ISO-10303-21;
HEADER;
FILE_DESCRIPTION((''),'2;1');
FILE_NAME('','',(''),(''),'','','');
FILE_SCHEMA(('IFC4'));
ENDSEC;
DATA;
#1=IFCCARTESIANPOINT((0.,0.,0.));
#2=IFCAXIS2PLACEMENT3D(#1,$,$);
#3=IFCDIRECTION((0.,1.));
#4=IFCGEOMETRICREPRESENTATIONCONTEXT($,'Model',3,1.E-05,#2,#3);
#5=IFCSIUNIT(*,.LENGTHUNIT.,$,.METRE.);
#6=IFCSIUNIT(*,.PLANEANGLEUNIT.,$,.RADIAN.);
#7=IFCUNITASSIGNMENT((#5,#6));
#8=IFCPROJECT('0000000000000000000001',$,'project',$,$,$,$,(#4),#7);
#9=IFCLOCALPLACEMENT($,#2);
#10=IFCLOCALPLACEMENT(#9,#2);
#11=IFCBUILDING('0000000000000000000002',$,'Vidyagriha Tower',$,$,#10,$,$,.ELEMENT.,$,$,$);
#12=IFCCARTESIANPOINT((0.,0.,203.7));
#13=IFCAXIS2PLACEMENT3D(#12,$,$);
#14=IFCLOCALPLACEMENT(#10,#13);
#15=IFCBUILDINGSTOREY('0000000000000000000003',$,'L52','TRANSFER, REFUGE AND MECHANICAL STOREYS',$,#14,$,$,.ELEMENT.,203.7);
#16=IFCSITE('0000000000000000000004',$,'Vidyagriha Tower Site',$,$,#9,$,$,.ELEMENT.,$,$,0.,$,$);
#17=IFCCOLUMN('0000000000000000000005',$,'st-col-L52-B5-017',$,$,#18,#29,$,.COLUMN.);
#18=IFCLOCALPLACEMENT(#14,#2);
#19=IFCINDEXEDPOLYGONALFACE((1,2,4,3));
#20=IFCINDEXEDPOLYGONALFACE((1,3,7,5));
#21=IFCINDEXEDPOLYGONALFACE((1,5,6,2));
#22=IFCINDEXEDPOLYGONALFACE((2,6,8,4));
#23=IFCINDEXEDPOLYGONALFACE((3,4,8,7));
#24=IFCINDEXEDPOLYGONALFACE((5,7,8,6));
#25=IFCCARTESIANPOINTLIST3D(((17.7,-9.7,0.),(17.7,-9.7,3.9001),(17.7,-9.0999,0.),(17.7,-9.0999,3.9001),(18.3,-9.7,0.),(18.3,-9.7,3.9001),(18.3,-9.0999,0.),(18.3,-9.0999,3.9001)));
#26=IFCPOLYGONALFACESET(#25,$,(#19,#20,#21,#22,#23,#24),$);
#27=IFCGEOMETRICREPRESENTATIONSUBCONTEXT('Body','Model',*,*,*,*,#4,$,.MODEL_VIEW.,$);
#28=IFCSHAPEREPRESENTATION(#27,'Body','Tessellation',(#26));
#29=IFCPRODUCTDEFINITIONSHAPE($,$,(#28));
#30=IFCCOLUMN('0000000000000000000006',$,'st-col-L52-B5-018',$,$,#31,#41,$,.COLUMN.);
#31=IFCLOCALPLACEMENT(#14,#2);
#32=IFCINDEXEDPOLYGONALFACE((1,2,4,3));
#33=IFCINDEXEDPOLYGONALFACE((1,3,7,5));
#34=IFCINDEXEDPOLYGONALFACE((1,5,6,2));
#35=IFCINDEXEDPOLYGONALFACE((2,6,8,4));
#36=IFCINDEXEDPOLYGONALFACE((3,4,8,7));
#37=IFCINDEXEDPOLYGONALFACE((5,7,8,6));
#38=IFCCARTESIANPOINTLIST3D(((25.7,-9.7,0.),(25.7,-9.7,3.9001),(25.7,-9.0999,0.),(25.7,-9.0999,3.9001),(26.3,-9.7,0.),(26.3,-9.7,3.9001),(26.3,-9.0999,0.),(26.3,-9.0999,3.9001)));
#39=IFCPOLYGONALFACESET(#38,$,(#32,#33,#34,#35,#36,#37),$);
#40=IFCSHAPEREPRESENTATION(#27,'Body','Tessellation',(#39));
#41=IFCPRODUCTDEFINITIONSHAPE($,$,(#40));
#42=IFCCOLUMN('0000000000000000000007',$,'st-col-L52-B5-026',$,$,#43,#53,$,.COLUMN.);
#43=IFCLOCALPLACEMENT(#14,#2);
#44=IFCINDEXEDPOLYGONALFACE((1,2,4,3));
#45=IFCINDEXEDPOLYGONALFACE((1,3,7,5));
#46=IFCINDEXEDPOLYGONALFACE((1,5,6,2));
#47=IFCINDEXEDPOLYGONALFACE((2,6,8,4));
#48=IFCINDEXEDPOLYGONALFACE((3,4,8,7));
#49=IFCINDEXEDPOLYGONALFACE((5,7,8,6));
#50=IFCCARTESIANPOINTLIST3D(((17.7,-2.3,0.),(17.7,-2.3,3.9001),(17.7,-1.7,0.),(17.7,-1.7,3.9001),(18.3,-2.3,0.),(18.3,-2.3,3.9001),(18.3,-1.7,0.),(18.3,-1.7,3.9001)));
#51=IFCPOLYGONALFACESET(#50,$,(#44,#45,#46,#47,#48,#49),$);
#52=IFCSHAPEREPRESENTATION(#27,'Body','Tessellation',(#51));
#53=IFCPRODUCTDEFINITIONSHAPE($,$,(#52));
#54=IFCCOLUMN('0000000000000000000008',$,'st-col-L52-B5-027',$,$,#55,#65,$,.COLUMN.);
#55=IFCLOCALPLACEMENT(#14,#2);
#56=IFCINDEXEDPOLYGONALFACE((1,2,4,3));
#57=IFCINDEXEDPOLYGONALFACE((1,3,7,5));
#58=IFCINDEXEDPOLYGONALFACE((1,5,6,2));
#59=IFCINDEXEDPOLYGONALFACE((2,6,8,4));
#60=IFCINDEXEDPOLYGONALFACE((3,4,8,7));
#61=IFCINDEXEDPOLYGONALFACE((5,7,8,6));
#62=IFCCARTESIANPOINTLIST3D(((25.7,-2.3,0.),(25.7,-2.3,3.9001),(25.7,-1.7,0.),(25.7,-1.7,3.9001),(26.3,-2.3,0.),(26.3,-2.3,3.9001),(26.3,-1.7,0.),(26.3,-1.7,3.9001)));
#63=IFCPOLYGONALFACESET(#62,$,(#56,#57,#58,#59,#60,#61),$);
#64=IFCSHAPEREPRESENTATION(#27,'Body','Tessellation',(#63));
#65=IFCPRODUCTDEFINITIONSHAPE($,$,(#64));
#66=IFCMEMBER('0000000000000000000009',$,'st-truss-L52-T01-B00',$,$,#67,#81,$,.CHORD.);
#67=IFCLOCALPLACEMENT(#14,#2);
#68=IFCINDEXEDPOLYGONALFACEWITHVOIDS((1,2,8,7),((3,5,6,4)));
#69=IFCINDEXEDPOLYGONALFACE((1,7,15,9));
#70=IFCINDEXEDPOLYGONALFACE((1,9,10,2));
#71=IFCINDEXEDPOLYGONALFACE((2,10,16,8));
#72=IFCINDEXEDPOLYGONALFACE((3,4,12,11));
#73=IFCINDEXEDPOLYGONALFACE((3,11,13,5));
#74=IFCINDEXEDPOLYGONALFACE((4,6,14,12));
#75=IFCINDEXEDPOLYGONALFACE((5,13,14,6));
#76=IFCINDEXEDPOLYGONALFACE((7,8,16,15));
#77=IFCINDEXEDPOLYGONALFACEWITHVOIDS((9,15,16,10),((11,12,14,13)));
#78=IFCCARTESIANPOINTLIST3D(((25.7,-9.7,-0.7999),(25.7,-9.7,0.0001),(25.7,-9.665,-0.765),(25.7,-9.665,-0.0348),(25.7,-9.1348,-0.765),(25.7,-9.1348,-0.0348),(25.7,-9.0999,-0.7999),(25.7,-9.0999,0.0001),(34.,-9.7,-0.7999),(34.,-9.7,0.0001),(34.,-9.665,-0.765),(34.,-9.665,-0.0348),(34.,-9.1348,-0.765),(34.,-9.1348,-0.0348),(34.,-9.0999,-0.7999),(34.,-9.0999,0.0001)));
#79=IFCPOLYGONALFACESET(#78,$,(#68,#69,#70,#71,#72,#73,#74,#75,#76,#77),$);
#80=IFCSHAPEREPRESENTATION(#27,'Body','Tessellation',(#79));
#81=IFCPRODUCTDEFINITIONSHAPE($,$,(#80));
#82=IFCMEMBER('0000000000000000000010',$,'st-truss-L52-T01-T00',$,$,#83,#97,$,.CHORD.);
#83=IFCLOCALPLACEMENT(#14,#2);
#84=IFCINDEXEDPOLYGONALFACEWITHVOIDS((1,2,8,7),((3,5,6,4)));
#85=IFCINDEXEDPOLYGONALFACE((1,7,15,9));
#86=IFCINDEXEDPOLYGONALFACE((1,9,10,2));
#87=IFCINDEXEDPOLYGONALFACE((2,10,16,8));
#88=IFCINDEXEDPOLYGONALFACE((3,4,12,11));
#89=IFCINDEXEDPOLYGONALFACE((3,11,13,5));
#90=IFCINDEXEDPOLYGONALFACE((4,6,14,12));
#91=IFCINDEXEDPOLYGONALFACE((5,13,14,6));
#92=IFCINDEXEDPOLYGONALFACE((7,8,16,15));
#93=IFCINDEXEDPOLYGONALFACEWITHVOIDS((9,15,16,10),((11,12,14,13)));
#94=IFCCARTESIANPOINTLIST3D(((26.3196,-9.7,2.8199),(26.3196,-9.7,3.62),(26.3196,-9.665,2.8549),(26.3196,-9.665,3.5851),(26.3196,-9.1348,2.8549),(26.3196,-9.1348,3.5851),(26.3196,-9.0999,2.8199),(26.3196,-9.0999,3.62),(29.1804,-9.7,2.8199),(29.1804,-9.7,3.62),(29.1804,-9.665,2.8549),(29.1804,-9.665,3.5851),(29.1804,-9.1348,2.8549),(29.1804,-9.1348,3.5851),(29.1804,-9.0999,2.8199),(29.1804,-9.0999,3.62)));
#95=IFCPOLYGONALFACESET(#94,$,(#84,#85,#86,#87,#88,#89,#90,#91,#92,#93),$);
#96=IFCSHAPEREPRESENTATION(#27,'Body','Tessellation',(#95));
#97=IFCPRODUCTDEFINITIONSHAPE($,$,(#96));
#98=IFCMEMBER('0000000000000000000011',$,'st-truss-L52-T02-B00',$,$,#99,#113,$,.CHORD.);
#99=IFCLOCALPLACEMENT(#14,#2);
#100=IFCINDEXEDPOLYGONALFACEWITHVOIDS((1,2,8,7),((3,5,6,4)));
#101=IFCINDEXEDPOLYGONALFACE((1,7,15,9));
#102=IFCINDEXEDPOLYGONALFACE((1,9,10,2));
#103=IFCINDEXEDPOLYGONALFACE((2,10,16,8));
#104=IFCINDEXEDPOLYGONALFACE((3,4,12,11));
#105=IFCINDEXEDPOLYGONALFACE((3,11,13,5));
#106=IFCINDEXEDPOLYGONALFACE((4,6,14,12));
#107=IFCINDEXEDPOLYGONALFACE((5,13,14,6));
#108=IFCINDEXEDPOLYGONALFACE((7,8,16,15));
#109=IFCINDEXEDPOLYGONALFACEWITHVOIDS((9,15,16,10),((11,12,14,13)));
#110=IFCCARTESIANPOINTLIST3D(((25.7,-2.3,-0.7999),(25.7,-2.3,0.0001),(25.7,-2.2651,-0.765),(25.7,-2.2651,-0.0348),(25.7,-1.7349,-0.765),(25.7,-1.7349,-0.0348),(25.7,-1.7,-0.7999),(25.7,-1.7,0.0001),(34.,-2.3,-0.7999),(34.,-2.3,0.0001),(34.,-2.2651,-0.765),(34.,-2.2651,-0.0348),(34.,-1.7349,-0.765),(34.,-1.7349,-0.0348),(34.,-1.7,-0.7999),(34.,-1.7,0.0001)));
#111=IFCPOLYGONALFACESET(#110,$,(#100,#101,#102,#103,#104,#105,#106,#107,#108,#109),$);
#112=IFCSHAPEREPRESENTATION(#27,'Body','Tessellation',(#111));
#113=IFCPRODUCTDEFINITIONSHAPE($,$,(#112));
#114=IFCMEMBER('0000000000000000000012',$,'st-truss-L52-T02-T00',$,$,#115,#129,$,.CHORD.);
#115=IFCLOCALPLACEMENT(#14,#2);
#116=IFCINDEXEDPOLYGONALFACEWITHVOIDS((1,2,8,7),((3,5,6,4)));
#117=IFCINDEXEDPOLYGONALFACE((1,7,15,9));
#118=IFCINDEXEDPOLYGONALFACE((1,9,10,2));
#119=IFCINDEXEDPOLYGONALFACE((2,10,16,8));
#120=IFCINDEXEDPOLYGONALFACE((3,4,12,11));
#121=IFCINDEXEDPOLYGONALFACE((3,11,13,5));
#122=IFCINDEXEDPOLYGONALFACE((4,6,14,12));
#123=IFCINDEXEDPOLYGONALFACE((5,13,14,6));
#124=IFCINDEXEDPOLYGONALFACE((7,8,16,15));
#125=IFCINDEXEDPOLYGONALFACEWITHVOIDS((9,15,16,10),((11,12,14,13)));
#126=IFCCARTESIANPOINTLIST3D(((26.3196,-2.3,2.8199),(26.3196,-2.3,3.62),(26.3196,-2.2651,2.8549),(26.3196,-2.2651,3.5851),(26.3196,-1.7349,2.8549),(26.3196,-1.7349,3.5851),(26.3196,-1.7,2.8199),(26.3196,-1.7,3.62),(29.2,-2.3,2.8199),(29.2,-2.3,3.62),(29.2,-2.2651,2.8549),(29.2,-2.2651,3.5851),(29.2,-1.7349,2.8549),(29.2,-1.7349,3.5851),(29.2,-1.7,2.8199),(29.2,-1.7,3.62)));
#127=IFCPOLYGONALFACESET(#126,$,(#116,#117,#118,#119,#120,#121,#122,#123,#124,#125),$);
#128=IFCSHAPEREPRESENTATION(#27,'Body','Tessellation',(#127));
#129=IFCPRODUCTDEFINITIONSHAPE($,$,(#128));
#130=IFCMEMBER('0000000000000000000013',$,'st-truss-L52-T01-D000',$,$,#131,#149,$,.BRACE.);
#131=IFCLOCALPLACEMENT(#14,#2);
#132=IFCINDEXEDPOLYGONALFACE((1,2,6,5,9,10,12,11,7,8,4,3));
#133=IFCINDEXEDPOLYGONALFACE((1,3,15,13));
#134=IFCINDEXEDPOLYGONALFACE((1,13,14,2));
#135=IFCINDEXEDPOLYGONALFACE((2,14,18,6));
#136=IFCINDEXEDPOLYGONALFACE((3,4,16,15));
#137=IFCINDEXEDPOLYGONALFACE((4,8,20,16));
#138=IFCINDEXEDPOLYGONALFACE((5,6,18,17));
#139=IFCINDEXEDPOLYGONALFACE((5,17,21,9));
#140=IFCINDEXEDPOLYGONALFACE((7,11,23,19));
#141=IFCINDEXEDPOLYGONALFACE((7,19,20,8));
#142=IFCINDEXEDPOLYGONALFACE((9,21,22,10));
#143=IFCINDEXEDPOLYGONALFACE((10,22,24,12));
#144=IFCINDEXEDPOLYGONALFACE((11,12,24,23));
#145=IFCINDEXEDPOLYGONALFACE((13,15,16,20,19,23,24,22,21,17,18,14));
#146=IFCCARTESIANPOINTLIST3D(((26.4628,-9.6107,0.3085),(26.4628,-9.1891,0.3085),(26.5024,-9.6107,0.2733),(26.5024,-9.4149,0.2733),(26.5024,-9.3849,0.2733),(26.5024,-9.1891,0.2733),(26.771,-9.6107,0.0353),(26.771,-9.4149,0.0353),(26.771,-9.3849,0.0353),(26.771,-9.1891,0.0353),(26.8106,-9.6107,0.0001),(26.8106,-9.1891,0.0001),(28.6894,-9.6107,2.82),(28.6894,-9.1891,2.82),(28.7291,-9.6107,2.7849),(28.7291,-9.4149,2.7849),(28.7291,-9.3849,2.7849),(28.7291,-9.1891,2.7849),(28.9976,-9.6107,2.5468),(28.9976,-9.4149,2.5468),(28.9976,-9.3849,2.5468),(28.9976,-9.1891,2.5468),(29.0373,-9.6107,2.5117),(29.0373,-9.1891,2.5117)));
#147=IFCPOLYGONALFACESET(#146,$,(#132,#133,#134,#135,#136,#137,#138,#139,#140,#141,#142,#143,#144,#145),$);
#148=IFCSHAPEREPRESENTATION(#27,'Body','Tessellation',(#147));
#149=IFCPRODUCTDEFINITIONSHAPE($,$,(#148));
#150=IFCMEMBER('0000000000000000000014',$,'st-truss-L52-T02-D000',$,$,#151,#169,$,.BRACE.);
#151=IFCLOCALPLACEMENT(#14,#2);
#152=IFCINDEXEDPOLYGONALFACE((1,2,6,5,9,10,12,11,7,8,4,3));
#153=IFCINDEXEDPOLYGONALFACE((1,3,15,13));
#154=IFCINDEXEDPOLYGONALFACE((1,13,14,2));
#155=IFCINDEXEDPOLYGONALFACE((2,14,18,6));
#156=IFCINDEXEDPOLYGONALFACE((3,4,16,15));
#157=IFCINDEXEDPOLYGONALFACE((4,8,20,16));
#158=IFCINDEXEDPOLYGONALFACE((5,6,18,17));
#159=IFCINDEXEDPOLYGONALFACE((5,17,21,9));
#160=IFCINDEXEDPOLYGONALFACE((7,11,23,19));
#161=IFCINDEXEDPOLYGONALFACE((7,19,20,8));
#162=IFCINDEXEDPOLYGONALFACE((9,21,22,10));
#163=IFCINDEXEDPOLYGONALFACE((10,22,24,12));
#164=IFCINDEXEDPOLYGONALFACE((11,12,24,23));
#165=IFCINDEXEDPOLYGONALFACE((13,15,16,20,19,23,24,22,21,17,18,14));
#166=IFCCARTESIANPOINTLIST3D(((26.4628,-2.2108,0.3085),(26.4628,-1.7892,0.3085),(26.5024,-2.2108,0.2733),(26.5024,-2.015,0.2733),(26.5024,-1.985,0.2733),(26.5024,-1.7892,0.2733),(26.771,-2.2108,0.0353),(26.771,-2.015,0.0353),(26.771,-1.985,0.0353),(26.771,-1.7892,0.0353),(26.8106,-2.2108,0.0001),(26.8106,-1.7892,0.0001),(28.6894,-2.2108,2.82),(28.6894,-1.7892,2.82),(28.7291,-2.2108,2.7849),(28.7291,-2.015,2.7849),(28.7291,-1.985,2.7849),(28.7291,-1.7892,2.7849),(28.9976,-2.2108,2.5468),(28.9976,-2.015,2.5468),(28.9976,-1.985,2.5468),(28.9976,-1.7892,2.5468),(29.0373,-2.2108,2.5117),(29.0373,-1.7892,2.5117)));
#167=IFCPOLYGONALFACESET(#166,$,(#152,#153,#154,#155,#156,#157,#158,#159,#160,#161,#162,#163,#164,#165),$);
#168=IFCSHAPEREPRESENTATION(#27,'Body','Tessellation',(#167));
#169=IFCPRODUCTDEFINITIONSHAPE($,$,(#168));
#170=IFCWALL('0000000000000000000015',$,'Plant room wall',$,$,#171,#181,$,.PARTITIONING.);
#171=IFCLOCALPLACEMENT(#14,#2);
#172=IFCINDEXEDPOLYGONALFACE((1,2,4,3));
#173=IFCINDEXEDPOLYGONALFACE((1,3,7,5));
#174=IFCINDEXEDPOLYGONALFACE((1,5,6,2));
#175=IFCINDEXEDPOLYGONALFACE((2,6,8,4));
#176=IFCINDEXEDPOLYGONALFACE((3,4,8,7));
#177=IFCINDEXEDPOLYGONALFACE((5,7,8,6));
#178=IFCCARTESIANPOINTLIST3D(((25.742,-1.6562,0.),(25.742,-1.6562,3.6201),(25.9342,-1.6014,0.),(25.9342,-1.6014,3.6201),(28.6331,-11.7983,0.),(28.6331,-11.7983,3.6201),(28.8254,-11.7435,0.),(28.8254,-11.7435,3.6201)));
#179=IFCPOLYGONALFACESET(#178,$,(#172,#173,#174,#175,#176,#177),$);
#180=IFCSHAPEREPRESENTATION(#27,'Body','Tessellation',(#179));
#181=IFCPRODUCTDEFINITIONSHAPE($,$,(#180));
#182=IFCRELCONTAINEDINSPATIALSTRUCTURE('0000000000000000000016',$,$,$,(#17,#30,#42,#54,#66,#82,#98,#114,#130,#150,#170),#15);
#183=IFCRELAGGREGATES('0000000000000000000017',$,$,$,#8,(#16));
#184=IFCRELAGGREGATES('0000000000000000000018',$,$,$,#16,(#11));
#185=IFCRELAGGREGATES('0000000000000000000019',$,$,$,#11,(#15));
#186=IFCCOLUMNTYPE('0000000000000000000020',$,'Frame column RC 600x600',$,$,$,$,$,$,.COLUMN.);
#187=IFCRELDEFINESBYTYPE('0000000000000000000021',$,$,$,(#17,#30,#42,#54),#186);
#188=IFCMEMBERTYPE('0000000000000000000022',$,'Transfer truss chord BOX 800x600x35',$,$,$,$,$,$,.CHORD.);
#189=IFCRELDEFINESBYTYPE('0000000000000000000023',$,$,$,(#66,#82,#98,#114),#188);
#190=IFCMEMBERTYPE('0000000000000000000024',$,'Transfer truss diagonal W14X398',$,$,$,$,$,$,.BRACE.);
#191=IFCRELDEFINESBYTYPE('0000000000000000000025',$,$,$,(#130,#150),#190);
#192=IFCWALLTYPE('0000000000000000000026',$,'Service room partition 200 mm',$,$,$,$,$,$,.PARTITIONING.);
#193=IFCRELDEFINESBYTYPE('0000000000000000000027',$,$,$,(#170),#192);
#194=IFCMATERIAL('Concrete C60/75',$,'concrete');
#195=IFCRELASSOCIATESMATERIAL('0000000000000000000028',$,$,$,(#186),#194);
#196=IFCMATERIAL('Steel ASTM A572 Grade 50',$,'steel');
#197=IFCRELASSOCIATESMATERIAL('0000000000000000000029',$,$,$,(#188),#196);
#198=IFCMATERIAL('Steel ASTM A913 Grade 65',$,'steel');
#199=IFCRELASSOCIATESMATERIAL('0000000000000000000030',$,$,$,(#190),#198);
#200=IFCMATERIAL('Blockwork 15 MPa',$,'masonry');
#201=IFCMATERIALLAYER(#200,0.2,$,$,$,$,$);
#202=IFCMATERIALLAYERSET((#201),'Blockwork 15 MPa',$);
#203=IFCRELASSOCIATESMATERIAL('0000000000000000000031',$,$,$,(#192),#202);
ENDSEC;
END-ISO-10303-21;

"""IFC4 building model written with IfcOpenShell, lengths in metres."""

from ifc_helpers import new_model, si_unit, direction, frame, frame_2d, origin, origin_2d, place, context, subcontext, project, spatial, rectangle, hollow_rectangle, i_section, extrude, material, layer, layer_set, material_profile, profile_set, type_object, element, save


model = new_model("IFC4")

# Units and contexts
model_context = context("Model", 3, precision=1e-05, world=origin(), true_north=direction((0.0, 1.0)))
body_context = subcontext(model_context, "Body", "Model", "MODEL_VIEW")
ifc_project = project(units=[si_unit("LENGTHUNIT", "METRE"), si_unit("PLANEANGLEUNIT", "RADIAN")], contexts=[model_context])

# Site, building, storey
site_placement = place(None, origin())
site = spatial("IfcSite", under=ifc_project, at=site_placement, Name="Vidyagriha Tower Site", CompositionType="ELEMENT", RefElevation=0.0)
building_placement = place(site_placement, origin())
building = spatial("IfcBuilding", under=site, at=building_placement, Name="Vidyagriha Tower", CompositionType="ELEMENT")
storey_placement = place(building_placement, frame((0.0, 0.0, 203.7)))
storey = spatial("IfcBuildingStorey", under=building, at=storey_placement, Name="L52", Description="TRANSFER, REFUGE AND MECHANICAL STOREYS", CompositionType="ELEMENT", Elevation=203.7)

# Columns
ifc_material_1 = material(Name="Concrete C60/75", Category="concrete")
ifc_material_profile_1 = material_profile(ifc_material_1, rectangle(XDim=0.6001, YDim=0.6001, at=origin_2d()), Name="RC 600x600")
ifc_profile_set_1 = profile_set([ifc_material_profile_1], Name="Concrete C60/75")
column_type = type_object("IfcColumnType", Name="Frame column RC 600x600", PredefinedType="COLUMN", material=ifc_profile_set_1)
for number, where, name in (
    (1, (18.0, -9.3999, 0.0), "st-col-L52-B5-017"),
    (2, (26.0, -9.3999, 0.0), "st-col-L52-B5-018"),
    (3, (18.0, -2.0, 0.0), "st-col-L52-B5-026"),
    (4, (26.0, -2.0, 0.0), "st-col-L52-B5-027"),
):
    element("IfcColumn", number, at=place(storey_placement, frame(where)), inside=storey, type_object=column_type, Name=name, PredefinedType="COLUMN", context=body_context, shape_type="SweptSolid", body=[
        extrude(rectangle(XDim=0.6001, YDim=0.6001, at=origin_2d()), origin(), (0.0, 0.0, 1.0), 3.9001),
    ])

# Members
ifc_material_2 = material(Name="Steel ASTM A572 Grade 50", Category="steel")
ifc_material_profile_2 = material_profile(ifc_material_2, hollow_rectangle(XDim=0.6001, YDim=0.8, WallThickness=0.0349, at=origin_2d()), Name="BOX 800x600x35")
ifc_profile_set_2 = profile_set([ifc_material_profile_2], Name="Steel ASTM A572 Grade 50")
member_type_1 = type_object("IfcMemberType", Name="Transfer truss chord BOX 800x600x35", PredefinedType="CHORD", material=ifc_profile_set_2)
member_1_placement = place(storey_placement, frame((25.7, -9.3999, -0.3999), z_axis=(1.0, 0.0, 0.0), x_axis=(0.0, 1.0, 0.0)))
element("IfcMember", 5, at=member_1_placement, inside=storey, type_object=member_type_1, Name="st-truss-L52-T01-B00", PredefinedType="CHORD", context=body_context, shape_type="SweptSolid", body=[
    extrude(hollow_rectangle(XDim=0.6001, YDim=0.8, WallThickness=0.0349, at=origin_2d()), origin(), (0.0, 0.0, 1.0), 8.3),
])
member_2_placement = place(storey_placement, frame((26.3196, -9.3999, 3.22), z_axis=(1.0, 0.0, 0.0), x_axis=(0.0, 1.0, 0.0)))
element("IfcMember", 6, at=member_2_placement, inside=storey, type_object=member_type_1, Name="st-truss-L52-T01-T00", PredefinedType="CHORD", context=body_context, shape_type="SweptSolid", body=[
    extrude(hollow_rectangle(XDim=0.6001, YDim=0.8, WallThickness=0.0349, at=origin_2d()), origin(), (0.0, 0.0, 1.0), 2.8608),
])
member_3_placement = place(storey_placement, frame((25.7, -2.0, -0.3999), z_axis=(1.0, 0.0, 0.0), x_axis=(0.0, 1.0, 0.0)))
element("IfcMember", 7, at=member_3_placement, inside=storey, type_object=member_type_1, Name="st-truss-L52-T02-B00", PredefinedType="CHORD", context=body_context, shape_type="SweptSolid", body=[
    extrude(hollow_rectangle(XDim=0.6001, YDim=0.8, WallThickness=0.0349, at=origin_2d()), origin(), (0.0, 0.0, 1.0), 8.3),
])
member_4_placement = place(storey_placement, frame((26.3196, -2.0, 3.22), z_axis=(1.0, 0.0, 0.0), x_axis=(0.0, 1.0, 0.0)))
element("IfcMember", 8, at=member_4_placement, inside=storey, type_object=member_type_1, Name="st-truss-L52-T02-T00", PredefinedType="CHORD", context=body_context, shape_type="SweptSolid", body=[
    extrude(hollow_rectangle(XDim=0.6001, YDim=0.8, WallThickness=0.0349, at=origin_2d()), origin(), (0.0, 0.0, 1.0), 2.8804),
])
ifc_material_3 = material(Name="Steel ASTM A913 Grade 65", Category="steel")
ifc_material_profile_3 = material_profile(ifc_material_3, i_section(OverallWidth=0.4216, OverallDepth=0.4648, WebThickness=0.03, FlangeThickness=0.053, at=origin_2d()), Name="W14X398")
ifc_profile_set_3 = profile_set([ifc_material_profile_3], Name="Steel ASTM A913 Grade 65")
member_type_2 = type_object("IfcMemberType", Name="Transfer truss diagonal W14X398", PredefinedType="BRACE", material=ifc_profile_set_3)
for number, where, z_axis, x_axis, name in (
    (9, (26.6367, -9.3999, 0.1543), (0.663388, 0.0, 0.748276), (0.0, 1.0, 0.0), "st-truss-L52-T01-D000"),
    (10, (26.6367, -2.0, 0.1543), (0.663388, 0.0, 0.748276), (0.0, 1.0, 0.0), "st-truss-L52-T02-D000"),
):
    element("IfcMember", number, at=place(storey_placement, frame(where, z_axis=z_axis, x_axis=x_axis)), inside=storey, type_object=member_type_2, Name=name, PredefinedType="BRACE", context=body_context, shape_type="SweptSolid", body=[
        extrude(i_section(OverallWidth=0.4216, OverallDepth=0.4648, WebThickness=0.03, FlangeThickness=0.053, at=origin_2d()), origin(), (0.0, 0.0, 1.0), 3.3564),
    ])

# Wall
ifc_material_4 = material(Name="Blockwork 15 MPa", Category="masonry")
ifc_layer_1 = layer(ifc_material_4, 0.2)
ifc_layer_set_1 = layer_set([ifc_layer_1], Name="Blockwork 15 MPa")
wall_type_1 = type_object("IfcWallType", Name="Service room partition 200 mm", PredefinedType="PARTITIONING", material=ifc_layer_set_1)
wall_1_placement = place(storey_placement, frame((25.8381, -1.6289, 0.0), z_axis=(0.0, 0.0, 1.0), x_axis=(0.27414, -0.96169, 0.0)))
element("IfcWall", 11, at=wall_1_placement, inside=storey, type_object=wall_type_1, Name="Plant room wall", PredefinedType="PARTITIONING", context=body_context, shape_type="SweptSolid", body=[
    extrude(rectangle(XDim=10.5461, YDim=0.2, at=frame_2d((5.2729, 0.0))), origin(), (0.0, 0.0, 1.0), 3.6201),
])

save(model, "model.ifc")
